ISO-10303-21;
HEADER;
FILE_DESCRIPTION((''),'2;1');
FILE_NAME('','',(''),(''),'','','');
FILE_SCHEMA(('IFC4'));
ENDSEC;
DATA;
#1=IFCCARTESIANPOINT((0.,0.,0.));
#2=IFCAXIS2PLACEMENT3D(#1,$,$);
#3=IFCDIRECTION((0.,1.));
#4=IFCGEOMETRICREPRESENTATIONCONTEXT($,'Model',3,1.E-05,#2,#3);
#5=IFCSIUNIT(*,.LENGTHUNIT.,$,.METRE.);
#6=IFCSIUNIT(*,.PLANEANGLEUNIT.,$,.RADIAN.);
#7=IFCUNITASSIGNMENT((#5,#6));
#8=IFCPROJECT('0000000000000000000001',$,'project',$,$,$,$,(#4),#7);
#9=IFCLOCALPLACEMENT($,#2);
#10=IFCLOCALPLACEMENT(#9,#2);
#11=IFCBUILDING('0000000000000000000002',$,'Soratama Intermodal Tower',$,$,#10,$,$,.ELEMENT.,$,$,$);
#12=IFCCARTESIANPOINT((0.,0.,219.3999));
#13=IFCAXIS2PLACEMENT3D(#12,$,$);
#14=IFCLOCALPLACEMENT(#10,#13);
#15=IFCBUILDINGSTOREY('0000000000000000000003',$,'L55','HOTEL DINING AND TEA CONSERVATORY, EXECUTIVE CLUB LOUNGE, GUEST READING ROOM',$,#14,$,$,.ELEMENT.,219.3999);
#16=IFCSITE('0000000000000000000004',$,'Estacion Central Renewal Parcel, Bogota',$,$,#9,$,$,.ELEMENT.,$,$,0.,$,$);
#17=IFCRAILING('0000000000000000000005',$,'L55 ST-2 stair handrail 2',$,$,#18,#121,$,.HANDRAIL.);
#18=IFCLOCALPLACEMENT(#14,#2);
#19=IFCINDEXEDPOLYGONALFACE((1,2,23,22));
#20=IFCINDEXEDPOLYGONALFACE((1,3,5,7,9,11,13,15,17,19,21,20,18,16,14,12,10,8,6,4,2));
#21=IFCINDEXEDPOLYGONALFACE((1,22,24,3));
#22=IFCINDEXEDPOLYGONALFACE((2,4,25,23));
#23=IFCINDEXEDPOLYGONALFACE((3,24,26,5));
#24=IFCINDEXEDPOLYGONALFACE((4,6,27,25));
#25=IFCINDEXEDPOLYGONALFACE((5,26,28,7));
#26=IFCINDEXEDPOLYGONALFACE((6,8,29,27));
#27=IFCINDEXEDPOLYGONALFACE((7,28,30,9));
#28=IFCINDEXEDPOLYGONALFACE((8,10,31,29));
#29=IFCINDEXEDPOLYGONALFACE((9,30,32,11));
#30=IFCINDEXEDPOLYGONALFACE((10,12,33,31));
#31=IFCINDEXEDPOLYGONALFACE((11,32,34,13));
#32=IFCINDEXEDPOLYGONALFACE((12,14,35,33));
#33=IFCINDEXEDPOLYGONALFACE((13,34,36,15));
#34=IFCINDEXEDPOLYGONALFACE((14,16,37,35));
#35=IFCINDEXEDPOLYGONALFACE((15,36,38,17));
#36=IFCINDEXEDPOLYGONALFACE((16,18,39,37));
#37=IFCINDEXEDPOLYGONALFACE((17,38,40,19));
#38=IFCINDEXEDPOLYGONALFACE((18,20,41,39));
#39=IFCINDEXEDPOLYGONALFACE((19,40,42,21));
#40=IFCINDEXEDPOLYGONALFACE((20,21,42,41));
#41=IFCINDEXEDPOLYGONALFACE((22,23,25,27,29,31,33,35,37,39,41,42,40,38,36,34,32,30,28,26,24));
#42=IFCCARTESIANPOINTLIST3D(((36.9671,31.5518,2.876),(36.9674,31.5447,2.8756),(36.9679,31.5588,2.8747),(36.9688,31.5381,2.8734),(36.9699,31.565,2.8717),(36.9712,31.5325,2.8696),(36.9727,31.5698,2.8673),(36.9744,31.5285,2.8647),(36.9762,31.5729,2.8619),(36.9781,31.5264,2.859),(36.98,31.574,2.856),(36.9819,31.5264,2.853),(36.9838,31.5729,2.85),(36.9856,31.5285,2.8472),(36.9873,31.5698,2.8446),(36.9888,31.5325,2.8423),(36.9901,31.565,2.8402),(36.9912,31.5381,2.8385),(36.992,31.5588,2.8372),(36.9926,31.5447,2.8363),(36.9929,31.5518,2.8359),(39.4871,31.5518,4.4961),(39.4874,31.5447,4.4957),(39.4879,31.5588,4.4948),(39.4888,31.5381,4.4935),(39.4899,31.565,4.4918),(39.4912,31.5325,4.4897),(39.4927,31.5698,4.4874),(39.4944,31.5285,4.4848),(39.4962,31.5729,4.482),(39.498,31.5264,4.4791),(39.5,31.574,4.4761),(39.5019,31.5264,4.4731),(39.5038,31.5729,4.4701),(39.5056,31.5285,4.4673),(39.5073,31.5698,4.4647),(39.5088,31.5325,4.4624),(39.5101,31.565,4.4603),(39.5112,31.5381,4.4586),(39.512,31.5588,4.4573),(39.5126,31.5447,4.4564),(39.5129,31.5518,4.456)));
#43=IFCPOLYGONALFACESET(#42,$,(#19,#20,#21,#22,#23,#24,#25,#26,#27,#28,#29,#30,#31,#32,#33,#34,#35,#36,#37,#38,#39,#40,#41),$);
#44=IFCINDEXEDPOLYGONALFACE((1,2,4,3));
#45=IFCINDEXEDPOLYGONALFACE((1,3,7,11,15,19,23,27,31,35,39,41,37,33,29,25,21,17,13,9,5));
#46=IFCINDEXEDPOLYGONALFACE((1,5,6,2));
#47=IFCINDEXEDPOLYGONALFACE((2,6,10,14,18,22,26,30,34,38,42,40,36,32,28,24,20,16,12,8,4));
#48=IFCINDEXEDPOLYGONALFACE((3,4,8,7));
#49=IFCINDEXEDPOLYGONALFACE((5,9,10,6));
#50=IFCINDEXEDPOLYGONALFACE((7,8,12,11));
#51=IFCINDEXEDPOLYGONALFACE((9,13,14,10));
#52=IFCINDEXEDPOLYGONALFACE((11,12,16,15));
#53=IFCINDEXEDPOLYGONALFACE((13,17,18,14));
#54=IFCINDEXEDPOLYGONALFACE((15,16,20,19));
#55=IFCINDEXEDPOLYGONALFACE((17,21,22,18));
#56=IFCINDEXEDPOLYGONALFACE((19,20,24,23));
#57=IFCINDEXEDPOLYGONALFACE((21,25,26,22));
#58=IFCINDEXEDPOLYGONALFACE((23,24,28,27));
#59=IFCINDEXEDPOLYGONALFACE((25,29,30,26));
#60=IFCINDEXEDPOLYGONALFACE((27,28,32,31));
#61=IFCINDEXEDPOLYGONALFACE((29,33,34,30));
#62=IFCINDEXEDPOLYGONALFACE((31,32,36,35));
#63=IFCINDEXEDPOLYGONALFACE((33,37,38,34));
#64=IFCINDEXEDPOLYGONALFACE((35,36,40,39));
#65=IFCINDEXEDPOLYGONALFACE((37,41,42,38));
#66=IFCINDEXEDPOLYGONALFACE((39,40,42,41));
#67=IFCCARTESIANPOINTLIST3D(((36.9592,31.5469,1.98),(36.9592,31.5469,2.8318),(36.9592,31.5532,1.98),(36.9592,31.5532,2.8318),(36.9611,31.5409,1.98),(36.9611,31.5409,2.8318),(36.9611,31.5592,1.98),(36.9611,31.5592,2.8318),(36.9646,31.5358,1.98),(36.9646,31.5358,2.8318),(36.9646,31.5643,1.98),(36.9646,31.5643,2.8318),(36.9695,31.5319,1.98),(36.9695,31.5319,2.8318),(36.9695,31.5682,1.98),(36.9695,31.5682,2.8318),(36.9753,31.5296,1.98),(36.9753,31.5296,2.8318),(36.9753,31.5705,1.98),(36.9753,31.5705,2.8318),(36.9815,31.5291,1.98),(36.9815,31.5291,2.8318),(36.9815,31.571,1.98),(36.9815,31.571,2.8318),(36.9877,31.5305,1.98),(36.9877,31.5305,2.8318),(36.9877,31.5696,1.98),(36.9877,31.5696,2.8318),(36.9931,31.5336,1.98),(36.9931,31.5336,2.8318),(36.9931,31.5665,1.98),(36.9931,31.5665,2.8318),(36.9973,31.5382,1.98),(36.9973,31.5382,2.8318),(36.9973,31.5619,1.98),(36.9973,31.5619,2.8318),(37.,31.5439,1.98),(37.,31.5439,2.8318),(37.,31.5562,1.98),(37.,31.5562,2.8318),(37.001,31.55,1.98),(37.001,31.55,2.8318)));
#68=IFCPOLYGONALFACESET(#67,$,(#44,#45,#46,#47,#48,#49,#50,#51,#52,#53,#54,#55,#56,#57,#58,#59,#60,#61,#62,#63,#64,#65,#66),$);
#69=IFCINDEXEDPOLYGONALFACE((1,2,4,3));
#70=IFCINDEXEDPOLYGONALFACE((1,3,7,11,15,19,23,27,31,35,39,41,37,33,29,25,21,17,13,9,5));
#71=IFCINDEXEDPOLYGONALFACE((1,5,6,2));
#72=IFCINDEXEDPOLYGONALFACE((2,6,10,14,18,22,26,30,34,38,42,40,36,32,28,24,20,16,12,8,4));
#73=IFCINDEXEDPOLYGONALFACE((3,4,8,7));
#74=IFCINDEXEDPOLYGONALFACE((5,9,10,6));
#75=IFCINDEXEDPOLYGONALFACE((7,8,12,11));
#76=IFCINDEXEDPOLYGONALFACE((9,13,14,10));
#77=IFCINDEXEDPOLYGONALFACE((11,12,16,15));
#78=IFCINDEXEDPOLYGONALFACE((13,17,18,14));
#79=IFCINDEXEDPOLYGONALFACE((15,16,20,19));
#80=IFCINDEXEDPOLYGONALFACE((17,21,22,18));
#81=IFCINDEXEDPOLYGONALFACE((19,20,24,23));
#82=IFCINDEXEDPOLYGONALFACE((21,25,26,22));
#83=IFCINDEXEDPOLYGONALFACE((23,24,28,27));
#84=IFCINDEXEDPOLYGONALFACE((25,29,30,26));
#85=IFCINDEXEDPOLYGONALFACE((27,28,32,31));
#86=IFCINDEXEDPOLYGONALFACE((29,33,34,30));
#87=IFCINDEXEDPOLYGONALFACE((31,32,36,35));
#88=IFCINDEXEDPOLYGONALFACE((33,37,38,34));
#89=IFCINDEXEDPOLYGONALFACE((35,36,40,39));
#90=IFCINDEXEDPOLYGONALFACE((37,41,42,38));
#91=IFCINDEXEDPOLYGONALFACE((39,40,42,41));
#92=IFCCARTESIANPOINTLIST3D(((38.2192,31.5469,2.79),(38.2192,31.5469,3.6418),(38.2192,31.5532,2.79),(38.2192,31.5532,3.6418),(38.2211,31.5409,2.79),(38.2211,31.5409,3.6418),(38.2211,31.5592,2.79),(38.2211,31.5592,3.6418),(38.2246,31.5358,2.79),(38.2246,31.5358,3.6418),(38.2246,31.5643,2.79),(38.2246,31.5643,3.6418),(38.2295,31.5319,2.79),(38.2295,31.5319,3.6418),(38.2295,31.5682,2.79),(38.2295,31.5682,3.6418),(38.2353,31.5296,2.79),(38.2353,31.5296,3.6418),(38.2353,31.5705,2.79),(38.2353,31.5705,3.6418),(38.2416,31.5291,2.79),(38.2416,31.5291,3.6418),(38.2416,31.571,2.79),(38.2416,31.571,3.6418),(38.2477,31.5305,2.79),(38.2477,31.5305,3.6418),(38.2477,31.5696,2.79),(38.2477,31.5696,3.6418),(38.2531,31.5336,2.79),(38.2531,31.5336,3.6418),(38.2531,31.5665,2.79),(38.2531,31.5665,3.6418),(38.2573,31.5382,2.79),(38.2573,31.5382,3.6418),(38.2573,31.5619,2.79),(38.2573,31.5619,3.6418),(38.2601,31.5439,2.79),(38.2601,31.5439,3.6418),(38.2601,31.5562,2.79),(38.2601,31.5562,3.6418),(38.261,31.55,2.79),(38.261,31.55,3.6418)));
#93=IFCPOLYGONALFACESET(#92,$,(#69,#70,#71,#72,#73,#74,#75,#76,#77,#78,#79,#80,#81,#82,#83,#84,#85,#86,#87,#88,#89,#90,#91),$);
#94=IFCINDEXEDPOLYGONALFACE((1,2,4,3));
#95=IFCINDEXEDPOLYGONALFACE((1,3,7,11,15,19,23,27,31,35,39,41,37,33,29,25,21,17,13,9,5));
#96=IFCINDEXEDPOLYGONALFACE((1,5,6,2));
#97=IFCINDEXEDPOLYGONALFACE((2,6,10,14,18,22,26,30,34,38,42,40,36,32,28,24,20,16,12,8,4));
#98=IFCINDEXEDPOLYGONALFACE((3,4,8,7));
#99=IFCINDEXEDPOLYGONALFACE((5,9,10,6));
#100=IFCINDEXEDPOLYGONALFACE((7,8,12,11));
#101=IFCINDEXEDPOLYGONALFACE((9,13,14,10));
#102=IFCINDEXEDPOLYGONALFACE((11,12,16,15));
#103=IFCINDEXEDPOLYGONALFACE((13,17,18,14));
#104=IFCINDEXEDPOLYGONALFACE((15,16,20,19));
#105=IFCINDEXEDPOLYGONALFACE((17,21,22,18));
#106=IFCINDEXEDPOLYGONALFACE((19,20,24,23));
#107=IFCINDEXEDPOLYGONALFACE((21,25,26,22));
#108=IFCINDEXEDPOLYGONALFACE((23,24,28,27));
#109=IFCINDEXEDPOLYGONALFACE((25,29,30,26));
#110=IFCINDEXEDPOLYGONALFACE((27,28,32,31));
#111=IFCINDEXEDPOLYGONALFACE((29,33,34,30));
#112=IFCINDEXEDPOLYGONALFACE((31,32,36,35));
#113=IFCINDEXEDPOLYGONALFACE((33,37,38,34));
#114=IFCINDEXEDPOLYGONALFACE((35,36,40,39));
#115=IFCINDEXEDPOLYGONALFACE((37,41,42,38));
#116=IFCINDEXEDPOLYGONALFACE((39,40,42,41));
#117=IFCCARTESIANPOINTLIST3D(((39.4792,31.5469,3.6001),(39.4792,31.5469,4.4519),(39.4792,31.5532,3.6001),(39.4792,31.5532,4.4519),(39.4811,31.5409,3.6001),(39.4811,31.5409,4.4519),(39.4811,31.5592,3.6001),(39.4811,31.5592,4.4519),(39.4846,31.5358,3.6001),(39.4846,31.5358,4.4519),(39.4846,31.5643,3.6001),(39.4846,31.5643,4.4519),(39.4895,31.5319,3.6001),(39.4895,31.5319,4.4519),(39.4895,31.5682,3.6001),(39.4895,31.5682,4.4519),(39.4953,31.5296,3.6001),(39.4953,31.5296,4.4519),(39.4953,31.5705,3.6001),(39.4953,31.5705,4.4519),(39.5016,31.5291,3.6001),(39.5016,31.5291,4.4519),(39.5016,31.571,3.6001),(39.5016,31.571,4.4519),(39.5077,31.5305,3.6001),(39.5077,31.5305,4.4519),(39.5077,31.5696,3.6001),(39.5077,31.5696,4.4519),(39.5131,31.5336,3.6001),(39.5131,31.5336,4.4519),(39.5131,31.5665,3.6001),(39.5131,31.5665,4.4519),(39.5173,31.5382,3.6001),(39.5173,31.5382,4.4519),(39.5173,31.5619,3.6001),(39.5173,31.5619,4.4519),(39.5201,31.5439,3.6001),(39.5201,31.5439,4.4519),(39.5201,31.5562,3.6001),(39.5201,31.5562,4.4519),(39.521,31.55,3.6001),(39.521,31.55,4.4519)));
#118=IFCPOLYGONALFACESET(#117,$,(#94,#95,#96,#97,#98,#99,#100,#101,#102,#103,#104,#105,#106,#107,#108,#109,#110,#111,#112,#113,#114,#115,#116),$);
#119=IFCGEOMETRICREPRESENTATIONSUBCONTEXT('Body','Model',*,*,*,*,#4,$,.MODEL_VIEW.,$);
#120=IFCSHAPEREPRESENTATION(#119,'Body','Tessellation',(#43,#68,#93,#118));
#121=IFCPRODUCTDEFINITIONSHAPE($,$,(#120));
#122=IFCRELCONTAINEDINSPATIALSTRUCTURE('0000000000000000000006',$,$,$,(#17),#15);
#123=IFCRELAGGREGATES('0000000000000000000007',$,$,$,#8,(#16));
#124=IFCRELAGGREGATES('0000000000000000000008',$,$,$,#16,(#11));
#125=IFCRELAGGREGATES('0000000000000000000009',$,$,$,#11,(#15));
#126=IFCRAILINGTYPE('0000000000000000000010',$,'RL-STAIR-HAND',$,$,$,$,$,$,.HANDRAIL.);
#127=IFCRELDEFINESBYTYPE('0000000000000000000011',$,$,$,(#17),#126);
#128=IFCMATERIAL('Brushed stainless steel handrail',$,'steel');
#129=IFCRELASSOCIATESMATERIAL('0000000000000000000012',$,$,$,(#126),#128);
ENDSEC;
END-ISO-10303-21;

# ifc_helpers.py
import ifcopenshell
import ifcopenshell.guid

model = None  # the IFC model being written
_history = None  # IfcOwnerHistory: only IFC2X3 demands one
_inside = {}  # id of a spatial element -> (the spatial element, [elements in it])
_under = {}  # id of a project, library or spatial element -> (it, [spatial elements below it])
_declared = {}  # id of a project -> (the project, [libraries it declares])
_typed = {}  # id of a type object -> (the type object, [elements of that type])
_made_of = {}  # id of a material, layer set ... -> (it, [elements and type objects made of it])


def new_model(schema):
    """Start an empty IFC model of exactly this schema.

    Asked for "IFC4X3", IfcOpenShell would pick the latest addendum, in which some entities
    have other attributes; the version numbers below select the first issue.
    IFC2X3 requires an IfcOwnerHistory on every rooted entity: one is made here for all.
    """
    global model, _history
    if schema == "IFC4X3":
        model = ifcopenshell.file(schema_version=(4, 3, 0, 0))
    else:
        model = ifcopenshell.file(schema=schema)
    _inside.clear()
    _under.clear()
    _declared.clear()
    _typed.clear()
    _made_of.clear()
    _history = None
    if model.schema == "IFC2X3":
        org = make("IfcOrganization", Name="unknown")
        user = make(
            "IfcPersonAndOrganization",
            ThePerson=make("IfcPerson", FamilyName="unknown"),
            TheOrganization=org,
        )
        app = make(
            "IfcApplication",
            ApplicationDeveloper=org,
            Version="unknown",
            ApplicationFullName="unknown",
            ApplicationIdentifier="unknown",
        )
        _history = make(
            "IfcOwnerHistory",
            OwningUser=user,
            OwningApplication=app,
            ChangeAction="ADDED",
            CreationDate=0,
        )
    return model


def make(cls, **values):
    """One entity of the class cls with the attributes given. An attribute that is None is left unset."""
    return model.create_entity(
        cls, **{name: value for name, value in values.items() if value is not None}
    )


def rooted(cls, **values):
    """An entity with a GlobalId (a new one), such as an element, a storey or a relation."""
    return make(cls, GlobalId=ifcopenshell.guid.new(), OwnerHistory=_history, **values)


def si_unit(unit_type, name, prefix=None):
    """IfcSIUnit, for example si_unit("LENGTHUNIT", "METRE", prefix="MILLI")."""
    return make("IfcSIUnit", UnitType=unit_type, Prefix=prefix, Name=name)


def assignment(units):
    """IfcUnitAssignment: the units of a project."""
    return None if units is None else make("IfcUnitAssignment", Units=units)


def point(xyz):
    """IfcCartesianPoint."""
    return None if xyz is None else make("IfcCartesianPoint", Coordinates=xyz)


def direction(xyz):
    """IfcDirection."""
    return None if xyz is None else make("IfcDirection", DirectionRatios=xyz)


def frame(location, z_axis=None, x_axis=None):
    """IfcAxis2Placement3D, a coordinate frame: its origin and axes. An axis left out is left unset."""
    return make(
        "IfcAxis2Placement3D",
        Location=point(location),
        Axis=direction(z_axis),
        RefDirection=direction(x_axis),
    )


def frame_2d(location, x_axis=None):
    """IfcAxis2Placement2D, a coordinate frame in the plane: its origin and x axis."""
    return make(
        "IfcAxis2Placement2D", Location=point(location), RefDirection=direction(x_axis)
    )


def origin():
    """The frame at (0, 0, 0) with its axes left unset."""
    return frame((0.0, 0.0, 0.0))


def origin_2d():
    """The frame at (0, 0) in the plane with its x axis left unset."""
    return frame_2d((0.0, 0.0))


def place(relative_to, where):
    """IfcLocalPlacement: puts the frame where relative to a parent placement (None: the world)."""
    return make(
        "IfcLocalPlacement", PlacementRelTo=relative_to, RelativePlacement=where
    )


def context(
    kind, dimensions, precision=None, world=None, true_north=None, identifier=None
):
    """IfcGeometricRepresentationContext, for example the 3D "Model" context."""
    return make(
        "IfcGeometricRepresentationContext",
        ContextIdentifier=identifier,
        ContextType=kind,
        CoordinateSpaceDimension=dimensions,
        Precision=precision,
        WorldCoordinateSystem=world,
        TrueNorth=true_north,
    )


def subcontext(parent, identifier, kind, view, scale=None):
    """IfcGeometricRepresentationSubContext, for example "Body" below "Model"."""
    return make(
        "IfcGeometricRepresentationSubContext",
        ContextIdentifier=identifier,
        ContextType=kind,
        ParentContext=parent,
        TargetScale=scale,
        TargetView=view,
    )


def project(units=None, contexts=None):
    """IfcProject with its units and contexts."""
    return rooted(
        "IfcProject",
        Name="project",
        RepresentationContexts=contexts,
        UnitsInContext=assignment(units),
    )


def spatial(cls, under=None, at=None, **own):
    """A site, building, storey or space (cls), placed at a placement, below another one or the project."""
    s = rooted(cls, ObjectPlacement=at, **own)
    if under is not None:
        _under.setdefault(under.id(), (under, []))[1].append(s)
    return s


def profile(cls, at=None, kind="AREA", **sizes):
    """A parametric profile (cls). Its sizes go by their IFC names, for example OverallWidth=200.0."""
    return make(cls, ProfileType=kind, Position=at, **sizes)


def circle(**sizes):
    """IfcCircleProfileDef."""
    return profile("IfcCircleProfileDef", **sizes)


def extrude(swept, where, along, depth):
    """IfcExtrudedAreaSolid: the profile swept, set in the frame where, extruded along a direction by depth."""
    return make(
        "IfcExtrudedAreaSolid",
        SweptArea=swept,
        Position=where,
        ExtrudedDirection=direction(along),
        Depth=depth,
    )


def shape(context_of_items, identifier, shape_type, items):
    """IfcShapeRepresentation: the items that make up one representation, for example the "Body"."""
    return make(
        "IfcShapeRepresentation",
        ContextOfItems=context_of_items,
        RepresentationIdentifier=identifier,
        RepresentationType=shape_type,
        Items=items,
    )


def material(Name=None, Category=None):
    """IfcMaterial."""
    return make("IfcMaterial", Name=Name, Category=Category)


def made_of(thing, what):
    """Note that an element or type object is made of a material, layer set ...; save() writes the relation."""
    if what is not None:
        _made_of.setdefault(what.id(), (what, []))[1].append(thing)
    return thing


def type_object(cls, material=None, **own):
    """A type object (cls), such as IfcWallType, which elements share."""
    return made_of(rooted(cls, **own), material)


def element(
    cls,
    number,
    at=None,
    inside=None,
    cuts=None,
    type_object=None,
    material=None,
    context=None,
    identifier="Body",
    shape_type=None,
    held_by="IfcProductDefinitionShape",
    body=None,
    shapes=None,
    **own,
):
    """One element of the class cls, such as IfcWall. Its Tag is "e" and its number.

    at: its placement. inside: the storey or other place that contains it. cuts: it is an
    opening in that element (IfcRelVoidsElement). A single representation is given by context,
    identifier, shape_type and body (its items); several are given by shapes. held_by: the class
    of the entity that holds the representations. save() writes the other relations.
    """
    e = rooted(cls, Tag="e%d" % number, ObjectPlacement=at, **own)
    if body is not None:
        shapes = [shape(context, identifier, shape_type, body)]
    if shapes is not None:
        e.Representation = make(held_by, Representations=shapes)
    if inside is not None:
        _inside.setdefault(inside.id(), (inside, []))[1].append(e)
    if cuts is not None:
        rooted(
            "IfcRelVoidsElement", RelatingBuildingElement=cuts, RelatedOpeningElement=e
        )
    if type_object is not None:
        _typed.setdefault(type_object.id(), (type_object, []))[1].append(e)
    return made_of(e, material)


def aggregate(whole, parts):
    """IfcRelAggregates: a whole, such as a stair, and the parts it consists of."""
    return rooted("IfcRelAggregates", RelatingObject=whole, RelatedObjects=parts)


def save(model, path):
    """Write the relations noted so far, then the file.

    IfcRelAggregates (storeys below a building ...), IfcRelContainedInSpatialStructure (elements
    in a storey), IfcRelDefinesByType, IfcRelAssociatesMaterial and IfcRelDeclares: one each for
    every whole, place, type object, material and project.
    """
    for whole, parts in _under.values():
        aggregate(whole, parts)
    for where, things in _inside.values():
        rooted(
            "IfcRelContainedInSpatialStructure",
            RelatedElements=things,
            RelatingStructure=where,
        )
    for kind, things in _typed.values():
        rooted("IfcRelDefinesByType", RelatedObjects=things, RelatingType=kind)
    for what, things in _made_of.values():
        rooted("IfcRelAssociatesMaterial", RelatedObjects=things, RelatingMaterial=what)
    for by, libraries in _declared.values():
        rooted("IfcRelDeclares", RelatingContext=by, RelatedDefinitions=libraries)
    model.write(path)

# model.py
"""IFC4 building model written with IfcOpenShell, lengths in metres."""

from ifc_helpers import new_model, si_unit, direction, frame, origin, origin_2d, place, context, subcontext, project, spatial, circle, extrude, material, type_object, element, save


model = new_model("IFC4")

# Units and contexts
model_context = context("Model", 3, precision=1e-05, world=origin(), true_north=direction((0.0, 1.0)))
body_context = subcontext(model_context, "Body", "Model", "MODEL_VIEW")
ifc_project = project(units=[si_unit("LENGTHUNIT", "METRE"), si_unit("PLANEANGLEUNIT", "RADIAN")], contexts=[model_context])

# Site, building, storey
site_placement = place(None, origin())
site = spatial("IfcSite", under=ifc_project, at=site_placement, Name="Estacion Central Renewal Parcel, Bogota", CompositionType="ELEMENT", RefElevation=0.0)
building_placement = place(site_placement, origin())
building = spatial("IfcBuilding", under=site, at=building_placement, Name="Soratama Intermodal Tower", CompositionType="ELEMENT")
storey_placement = place(building_placement, frame((0.0, 0.0, 219.3999)))
storey = spatial("IfcBuildingStorey", under=building, at=storey_placement, Name="L55", Description="HOTEL DINING AND TEA CONSERVATORY, EXECUTIVE CLUB LOUNGE, GUEST READING ROOM", CompositionType="ELEMENT", Elevation=219.3999)

# Railing
ifc_material_1 = material(Name="Brushed stainless steel handrail", Category="steel")
railing_type_1 = type_object("IfcRailingType", Name="RL-STAIR-HAND", PredefinedType="HANDRAIL", material=ifc_material_1)
railing_1_placement = place(storey_placement, frame((36.98, 31.55, 1.98)))
element("IfcRailing", 1, at=railing_1_placement, inside=storey, type_object=railing_type_1, Name="L55 ST-2 stair handrail 2", PredefinedType="HANDRAIL", context=body_context, shape_type="SweptSolid", body=[
    extrude(circle(Radius=0.0239, at=origin_2d()), frame((0.0, 0.0, 0.876), z_axis=(0.841163, 0.0, 0.540782), x_axis=(0.0, 1.0, 0.0)), (0.0, 0.0, 1.0), 2.9958),
    extrude(circle(Radius=0.021, at=origin_2d()), origin(), (0.0, 0.0, 1.0), 0.8518),
    extrude(circle(Radius=0.021, at=origin_2d()), frame((1.26, 0.0, 0.8101)), (0.0, 0.0, 1.0), 0.8518),
    extrude(circle(Radius=0.021, at=origin_2d()), frame((2.52, 0.0, 1.6201)), (0.0, 0.0, 1.0), 0.8518),
])

save(model, "model.ifc")
